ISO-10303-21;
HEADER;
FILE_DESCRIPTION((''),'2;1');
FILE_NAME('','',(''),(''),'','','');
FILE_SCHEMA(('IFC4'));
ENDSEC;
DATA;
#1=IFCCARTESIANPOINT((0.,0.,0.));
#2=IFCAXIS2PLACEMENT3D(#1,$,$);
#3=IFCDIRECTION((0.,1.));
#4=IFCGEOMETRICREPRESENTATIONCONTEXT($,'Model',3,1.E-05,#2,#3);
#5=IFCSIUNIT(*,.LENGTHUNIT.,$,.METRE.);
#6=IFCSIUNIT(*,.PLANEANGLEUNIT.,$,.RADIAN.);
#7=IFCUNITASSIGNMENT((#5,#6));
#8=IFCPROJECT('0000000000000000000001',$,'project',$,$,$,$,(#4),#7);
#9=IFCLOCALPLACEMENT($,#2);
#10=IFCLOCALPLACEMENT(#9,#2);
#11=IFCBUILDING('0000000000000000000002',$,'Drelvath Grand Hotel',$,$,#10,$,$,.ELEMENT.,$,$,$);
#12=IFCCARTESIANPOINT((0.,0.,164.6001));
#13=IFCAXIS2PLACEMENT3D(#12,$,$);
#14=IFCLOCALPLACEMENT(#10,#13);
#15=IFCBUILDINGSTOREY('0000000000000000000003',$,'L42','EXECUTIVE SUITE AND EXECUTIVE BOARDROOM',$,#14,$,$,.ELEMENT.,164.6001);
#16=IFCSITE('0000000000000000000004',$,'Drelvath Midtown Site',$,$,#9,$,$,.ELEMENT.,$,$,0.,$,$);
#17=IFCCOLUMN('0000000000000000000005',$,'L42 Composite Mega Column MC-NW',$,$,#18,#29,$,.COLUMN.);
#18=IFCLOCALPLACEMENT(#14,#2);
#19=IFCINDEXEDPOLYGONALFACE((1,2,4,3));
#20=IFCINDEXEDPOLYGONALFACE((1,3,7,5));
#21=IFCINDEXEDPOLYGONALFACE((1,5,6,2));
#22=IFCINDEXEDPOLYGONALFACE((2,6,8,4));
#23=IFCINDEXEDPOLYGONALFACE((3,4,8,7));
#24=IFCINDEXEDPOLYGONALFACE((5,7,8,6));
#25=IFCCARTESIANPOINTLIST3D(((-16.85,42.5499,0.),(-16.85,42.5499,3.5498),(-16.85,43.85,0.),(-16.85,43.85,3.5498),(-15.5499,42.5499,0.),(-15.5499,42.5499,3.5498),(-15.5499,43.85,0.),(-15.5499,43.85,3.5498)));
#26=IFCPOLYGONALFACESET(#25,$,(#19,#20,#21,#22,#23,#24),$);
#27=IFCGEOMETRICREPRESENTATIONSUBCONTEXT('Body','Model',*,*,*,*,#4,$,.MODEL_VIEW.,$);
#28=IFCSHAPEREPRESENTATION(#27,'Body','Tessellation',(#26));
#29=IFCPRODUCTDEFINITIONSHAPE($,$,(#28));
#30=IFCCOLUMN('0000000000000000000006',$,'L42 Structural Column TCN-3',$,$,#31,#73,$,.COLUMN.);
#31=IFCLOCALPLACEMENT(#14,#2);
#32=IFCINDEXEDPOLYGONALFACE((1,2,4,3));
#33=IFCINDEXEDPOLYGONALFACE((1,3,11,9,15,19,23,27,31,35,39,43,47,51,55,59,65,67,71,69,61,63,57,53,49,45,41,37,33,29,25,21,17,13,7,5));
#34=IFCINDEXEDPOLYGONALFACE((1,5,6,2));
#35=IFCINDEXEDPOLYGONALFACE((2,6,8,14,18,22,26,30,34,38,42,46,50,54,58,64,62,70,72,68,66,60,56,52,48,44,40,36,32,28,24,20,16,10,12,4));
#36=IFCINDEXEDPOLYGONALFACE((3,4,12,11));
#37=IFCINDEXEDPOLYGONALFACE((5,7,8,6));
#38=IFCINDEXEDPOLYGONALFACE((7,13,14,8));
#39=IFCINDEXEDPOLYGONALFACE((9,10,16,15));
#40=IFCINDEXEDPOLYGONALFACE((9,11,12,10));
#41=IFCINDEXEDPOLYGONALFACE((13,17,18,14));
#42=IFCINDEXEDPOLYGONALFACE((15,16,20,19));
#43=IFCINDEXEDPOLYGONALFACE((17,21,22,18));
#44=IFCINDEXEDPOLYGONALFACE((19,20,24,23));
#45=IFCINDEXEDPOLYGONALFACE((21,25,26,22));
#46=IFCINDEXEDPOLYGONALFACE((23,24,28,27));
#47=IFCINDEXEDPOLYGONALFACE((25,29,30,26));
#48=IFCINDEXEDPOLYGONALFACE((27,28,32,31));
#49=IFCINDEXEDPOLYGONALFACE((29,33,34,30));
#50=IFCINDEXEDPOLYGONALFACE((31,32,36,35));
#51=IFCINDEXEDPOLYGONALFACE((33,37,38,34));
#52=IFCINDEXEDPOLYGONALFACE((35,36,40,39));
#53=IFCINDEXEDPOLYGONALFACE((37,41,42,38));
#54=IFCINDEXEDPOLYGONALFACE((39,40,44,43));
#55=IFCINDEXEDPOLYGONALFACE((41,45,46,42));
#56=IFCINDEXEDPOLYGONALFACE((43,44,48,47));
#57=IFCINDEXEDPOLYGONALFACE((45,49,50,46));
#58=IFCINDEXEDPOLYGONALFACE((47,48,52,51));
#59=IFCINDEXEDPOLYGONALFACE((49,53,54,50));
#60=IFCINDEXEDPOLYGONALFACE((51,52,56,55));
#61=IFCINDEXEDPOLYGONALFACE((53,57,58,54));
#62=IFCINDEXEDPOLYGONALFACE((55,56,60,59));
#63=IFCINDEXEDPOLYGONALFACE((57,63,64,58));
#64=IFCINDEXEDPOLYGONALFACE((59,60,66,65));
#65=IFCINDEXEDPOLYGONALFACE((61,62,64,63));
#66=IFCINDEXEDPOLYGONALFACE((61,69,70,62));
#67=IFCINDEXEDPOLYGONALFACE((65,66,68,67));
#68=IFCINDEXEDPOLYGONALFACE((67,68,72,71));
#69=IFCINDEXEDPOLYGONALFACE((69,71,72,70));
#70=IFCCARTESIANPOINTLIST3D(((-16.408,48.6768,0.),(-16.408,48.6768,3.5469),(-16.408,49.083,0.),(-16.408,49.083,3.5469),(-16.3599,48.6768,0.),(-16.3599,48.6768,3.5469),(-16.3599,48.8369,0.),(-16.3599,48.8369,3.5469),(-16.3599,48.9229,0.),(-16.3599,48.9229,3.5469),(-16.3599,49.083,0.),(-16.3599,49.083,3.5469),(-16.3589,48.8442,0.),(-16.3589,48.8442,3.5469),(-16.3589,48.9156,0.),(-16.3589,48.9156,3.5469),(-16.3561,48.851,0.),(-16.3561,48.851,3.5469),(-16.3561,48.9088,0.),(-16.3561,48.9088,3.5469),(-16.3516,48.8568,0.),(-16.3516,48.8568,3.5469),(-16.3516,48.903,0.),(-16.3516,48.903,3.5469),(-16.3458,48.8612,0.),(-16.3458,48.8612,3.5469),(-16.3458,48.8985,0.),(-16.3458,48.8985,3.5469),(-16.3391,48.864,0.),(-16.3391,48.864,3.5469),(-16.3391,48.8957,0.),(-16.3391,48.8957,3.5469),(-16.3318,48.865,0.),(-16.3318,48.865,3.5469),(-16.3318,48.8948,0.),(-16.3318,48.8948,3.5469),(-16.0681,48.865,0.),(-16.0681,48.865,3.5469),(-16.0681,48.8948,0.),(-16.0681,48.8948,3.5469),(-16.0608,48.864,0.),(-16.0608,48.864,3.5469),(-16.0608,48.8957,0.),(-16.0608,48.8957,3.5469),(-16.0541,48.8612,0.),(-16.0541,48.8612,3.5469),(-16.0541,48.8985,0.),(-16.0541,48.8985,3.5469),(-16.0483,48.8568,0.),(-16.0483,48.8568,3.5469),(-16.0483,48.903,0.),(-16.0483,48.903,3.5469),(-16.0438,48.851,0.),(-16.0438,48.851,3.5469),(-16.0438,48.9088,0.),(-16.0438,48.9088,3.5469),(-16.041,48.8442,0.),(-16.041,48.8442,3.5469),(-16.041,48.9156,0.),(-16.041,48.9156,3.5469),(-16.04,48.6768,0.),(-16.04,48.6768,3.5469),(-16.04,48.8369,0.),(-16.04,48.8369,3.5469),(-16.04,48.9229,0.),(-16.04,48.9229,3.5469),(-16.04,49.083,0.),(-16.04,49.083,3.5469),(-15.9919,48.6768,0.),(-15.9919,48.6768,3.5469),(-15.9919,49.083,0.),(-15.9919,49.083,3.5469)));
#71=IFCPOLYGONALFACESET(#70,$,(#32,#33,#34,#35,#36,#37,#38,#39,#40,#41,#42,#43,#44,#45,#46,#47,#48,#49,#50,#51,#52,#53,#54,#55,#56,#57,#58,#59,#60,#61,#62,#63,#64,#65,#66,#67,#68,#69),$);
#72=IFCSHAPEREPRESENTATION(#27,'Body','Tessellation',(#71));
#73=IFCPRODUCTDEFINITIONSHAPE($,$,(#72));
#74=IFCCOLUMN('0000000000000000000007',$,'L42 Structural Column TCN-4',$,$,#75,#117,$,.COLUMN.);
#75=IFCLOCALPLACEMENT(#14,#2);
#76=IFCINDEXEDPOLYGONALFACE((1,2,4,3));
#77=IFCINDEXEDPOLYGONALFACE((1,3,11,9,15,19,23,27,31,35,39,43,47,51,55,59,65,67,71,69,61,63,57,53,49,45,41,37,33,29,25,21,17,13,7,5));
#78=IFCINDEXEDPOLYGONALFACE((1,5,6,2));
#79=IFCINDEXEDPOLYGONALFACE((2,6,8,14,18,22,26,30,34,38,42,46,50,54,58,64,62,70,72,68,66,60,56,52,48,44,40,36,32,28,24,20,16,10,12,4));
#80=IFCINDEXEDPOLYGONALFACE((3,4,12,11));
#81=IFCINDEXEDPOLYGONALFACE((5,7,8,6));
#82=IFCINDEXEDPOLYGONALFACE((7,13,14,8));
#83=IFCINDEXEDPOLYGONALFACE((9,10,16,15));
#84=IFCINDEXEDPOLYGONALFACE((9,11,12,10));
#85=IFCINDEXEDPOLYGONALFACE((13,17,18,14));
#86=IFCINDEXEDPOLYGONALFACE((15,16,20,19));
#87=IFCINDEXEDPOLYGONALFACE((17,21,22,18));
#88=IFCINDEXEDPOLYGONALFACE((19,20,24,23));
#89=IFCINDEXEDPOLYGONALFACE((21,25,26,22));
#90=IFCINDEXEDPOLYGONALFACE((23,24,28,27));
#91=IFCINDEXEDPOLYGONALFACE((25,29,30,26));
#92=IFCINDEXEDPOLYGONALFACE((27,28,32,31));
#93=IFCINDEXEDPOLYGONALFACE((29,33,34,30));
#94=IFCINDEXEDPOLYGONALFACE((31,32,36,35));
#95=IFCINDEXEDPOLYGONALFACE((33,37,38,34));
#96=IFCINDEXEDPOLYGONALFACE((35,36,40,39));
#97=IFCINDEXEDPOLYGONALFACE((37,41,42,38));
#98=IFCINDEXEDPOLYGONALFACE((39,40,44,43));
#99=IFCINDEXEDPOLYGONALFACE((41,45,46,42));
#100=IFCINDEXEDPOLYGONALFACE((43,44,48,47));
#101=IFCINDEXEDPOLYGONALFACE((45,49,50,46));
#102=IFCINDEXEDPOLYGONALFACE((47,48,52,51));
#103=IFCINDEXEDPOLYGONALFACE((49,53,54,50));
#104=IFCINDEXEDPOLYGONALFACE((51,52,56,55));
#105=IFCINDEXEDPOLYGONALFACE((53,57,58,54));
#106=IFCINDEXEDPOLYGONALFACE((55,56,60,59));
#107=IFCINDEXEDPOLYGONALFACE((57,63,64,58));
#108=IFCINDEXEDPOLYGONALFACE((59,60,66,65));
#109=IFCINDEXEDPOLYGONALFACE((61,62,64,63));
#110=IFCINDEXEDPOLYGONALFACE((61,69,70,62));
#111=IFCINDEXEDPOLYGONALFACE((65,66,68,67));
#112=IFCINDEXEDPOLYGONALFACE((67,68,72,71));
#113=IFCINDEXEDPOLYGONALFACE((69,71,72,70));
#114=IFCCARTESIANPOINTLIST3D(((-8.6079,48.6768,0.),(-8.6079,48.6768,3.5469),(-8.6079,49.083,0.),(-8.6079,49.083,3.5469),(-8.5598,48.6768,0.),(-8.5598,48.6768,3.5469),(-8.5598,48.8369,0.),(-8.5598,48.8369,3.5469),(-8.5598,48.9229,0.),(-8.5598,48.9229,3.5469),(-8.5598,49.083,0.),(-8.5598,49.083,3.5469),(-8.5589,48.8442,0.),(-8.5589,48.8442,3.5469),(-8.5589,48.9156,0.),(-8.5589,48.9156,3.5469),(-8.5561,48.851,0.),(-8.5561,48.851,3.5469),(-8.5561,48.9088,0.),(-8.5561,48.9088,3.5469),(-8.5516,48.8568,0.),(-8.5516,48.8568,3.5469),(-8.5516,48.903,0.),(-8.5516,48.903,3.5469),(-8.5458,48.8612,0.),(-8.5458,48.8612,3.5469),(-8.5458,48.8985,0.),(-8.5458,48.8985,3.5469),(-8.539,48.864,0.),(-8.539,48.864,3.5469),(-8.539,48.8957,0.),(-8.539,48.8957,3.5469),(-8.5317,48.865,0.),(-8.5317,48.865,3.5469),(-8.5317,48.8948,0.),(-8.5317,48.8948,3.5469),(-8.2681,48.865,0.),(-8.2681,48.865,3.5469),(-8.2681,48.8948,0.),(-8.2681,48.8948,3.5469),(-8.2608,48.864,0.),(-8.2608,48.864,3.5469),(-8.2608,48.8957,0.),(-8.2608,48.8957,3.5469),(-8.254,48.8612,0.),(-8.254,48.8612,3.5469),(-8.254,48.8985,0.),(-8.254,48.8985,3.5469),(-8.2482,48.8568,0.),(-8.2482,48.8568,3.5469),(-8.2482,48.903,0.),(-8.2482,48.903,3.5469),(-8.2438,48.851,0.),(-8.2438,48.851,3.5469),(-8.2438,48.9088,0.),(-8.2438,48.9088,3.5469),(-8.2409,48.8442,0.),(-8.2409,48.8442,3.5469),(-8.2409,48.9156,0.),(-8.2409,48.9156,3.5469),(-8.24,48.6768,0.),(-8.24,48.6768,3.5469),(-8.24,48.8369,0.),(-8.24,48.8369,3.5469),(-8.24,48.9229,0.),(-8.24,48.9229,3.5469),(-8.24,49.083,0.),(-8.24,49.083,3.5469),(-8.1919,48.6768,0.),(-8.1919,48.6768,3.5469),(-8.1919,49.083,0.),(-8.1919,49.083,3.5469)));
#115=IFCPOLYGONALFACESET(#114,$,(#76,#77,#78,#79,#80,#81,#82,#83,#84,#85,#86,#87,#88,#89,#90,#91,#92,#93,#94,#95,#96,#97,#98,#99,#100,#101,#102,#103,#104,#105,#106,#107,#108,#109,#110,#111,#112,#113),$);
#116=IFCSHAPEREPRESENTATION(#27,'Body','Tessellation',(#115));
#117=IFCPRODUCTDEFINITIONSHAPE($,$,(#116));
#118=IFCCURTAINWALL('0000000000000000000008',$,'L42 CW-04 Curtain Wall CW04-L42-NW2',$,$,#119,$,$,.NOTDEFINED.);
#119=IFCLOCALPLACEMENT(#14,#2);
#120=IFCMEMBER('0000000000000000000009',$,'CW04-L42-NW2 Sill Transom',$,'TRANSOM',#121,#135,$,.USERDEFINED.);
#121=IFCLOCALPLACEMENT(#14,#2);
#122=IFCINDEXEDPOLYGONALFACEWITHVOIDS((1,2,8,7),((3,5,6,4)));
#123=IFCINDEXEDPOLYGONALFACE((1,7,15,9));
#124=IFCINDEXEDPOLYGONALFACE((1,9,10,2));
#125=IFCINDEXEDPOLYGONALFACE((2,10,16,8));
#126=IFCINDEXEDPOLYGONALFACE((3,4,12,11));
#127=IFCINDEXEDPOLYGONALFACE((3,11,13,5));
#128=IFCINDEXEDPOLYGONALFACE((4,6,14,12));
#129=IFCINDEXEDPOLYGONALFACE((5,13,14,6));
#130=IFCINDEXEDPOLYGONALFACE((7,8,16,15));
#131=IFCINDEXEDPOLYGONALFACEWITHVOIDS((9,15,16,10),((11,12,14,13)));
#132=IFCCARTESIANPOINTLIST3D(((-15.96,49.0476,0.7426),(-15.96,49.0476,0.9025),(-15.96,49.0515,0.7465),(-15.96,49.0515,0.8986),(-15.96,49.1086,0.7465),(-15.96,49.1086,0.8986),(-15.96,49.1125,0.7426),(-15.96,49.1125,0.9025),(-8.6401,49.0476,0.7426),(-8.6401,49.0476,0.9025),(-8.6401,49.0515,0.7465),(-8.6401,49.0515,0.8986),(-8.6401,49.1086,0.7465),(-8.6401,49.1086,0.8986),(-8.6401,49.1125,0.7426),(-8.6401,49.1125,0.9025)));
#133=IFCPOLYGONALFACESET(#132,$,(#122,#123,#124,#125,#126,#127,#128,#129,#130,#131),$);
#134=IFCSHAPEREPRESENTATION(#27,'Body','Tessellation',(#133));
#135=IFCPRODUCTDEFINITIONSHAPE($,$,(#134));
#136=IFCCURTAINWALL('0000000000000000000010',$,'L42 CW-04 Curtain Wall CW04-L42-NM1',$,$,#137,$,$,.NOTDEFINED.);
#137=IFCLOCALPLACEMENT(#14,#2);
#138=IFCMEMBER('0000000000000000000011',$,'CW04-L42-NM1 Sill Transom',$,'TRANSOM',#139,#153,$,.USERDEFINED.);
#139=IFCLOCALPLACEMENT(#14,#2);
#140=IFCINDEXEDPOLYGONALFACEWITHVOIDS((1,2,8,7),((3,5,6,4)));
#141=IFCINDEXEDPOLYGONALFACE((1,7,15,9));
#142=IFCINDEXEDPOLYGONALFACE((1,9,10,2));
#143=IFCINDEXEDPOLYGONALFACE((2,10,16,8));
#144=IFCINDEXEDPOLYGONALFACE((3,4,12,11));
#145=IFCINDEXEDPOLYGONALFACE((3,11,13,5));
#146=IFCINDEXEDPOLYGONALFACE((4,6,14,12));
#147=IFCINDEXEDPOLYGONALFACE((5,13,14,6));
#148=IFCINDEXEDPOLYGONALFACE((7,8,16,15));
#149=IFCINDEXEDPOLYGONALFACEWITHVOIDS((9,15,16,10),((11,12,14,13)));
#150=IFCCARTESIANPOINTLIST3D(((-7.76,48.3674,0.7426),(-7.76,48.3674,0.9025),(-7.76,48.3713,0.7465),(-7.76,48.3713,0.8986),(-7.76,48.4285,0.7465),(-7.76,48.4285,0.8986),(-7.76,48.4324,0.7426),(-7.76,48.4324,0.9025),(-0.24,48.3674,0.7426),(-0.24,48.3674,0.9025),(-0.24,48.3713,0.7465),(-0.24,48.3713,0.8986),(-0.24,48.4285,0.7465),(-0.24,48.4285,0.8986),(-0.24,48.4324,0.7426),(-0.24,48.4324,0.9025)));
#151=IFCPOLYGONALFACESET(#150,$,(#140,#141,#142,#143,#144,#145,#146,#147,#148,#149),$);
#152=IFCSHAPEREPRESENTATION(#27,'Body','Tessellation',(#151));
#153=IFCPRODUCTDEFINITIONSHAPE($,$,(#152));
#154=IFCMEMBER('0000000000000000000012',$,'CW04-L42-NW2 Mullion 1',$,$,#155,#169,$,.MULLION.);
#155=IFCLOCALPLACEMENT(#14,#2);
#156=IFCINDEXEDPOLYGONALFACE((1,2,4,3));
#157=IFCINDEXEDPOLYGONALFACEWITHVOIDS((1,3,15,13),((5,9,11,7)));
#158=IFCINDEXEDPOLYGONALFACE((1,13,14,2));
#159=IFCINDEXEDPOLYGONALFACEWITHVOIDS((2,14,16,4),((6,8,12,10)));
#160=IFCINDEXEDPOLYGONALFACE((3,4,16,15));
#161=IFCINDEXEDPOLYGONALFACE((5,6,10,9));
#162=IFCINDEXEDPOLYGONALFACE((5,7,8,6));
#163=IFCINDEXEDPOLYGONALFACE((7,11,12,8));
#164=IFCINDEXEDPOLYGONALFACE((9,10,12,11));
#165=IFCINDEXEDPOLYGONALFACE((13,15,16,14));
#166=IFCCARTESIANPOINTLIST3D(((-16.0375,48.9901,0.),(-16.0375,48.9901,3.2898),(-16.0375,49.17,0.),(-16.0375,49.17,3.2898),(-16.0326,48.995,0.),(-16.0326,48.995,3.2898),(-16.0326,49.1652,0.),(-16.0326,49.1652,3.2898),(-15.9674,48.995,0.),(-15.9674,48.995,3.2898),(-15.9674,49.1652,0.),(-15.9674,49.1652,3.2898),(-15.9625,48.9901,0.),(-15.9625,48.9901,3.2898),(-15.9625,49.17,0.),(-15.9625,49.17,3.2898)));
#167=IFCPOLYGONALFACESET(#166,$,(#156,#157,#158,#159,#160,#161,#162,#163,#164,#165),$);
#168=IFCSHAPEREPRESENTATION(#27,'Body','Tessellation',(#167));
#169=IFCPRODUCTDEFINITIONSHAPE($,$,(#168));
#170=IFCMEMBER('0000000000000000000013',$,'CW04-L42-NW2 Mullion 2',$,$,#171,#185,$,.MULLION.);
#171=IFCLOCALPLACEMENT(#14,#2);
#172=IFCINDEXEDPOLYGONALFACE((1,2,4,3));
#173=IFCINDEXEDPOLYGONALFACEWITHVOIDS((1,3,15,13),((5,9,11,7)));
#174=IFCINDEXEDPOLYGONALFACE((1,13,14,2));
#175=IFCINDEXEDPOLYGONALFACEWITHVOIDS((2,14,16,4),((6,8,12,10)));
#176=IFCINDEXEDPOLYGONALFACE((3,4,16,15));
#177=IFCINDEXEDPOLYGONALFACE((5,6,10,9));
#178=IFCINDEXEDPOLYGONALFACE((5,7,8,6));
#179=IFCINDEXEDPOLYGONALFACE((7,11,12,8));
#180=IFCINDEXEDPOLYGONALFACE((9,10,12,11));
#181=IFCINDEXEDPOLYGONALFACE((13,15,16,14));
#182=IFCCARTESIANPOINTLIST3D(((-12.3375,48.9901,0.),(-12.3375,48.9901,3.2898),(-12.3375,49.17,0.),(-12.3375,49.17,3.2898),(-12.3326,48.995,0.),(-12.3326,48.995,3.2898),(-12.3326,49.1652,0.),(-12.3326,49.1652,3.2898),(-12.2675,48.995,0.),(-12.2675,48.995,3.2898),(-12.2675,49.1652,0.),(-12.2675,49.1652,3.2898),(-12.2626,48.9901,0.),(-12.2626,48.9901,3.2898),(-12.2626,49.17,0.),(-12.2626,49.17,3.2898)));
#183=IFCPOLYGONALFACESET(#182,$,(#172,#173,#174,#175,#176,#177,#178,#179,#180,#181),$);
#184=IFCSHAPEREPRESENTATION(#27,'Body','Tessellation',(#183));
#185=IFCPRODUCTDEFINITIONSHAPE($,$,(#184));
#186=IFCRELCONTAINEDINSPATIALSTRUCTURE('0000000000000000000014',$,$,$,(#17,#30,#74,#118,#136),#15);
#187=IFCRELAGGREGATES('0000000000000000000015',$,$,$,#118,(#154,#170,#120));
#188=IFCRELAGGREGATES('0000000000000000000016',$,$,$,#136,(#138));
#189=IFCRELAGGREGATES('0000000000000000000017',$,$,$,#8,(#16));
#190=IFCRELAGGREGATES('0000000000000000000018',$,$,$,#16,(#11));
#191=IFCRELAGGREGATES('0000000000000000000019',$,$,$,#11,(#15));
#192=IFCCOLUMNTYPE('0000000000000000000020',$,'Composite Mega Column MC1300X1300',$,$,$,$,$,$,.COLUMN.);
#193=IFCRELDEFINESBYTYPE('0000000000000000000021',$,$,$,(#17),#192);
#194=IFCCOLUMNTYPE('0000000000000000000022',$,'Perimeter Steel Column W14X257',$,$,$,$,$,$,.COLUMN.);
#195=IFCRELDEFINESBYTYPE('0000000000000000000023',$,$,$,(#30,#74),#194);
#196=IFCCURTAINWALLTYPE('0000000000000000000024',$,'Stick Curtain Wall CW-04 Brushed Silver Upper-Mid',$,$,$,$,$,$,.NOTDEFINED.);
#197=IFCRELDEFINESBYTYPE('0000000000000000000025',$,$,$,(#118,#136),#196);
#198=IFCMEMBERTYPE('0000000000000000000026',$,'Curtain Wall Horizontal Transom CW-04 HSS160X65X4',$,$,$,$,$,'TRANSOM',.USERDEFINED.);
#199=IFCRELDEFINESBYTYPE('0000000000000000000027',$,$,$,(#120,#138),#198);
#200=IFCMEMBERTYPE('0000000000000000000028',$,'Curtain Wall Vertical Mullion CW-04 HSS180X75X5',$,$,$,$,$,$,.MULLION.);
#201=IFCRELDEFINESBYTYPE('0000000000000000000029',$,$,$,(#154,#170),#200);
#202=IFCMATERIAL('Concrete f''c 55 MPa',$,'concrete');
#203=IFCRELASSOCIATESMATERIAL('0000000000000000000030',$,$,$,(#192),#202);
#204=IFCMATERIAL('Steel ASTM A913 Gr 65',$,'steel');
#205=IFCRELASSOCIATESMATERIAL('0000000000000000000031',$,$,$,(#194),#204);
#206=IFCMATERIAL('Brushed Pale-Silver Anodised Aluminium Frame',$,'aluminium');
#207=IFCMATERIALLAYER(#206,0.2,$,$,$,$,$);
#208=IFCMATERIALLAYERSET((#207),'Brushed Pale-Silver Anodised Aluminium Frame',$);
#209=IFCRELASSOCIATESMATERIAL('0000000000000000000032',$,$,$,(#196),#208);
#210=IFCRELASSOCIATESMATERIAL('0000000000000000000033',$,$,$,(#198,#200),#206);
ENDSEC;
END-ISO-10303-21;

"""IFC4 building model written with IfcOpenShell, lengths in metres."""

from ifc_helpers import new_model, si_unit, direction, frame, origin, origin_2d, place, context, subcontext, project, spatial, rectangle, hollow_rectangle, i_section, extrude, material, layer, layer_set, material_profile, profile_set, type_object, element, aggregate, save


model = new_model("IFC4")

# Units and contexts
model_context = context("Model", 3, precision=1e-05, world=origin(), true_north=direction((0.0, 1.0)))
body_context = subcontext(model_context, "Body", "Model", "MODEL_VIEW")
ifc_project = project(units=[si_unit("LENGTHUNIT", "METRE"), si_unit("PLANEANGLEUNIT", "RADIAN")], contexts=[model_context])

# Site, building, storey
site_placement = place(None, origin())
site = spatial("IfcSite", under=ifc_project, at=site_placement, Name="Drelvath Midtown Site", CompositionType="ELEMENT", RefElevation=0.0)
building_placement = place(site_placement, origin())
building = spatial("IfcBuilding", under=site, at=building_placement, Name="Drelvath Grand Hotel", CompositionType="ELEMENT")
storey_placement = place(building_placement, frame((0.0, 0.0, 164.6001)))
storey = spatial("IfcBuildingStorey", under=building, at=storey_placement, Name="L42", Description="EXECUTIVE SUITE AND EXECUTIVE BOARDROOM", CompositionType="ELEMENT", Elevation=164.6001)

# Columns
ifc_material_1 = material(Name="Concrete f'c 55 MPa", Category="concrete")
ifc_material_profile_1 = material_profile(ifc_material_1, rectangle(XDim=1.3, YDim=1.3, at=origin_2d()), Name="MC1300X1300")
ifc_profile_set_1 = profile_set([ifc_material_profile_1], Name="Concrete f'c 55 MPa")
column_type_1 = type_object("IfcColumnType", Name="Composite Mega Column MC1300X1300", PredefinedType="COLUMN", material=ifc_profile_set_1)
column_placement = place(storey_placement, frame((-16.2, 43.2, 0.0), z_axis=(0.0, 0.0, 1.0), x_axis=(1.0, 0.0, 0.0)))
element("IfcColumn", 1, at=column_placement, inside=storey, type_object=column_type_1, Name="L42 Composite Mega Column MC-NW", PredefinedType="COLUMN", context=body_context, shape_type="SweptSolid", body=[
    extrude(rectangle(XDim=1.3, YDim=1.3, at=origin_2d()), origin(), (0.0, 0.0, 1.0), 3.5498),
])
ifc_material_2 = material(Name="Steel ASTM A913 Gr 65", Category="steel")
ifc_material_profile_2 = material_profile(ifc_material_2, i_section(OverallWidth=0.4062, OverallDepth=0.416, WebThickness=0.0298, FlangeThickness=0.0481, FilletRadius=0.0281, at=origin_2d()), Name="W14X257")
ifc_profile_set_2 = profile_set([ifc_material_profile_2], Name="Steel ASTM A913 Gr 65")
column_type_2 = type_object("IfcColumnType", Name="Perimeter Steel Column W14X257", PredefinedType="COLUMN", material=ifc_profile_set_2)
for number, where, z_axis, x_axis, name in (
    (2, (-16.2, 48.8799, 0.0), (0.0, 0.0, 1.0), (0.0, 1.0, 0.0), "L42 Structural Column TCN-3"),
    (3, (-8.3999, 48.8799, 0.0), (0.0, 0.0, 1.0), (0.0, 1.0, 0.0), "L42 Structural Column TCN-4"),
):
    element("IfcColumn", number, at=place(storey_placement, frame(where, z_axis=z_axis, x_axis=x_axis)), inside=storey, type_object=column_type_2, Name=name, PredefinedType="COLUMN", context=body_context, shape_type="SweptSolid", body=[
        extrude(i_section(OverallWidth=0.4062, OverallDepth=0.416, WebThickness=0.0298, FlangeThickness=0.0481, FilletRadius=0.0281, at=origin_2d()), origin(), (0.0, 0.0, 1.0), 3.5469),
    ])

# Curtain walls, members
ifc_material_3 = material(Name="Brushed Pale-Silver Anodised Aluminium Frame", Category="aluminium")
ifc_layer_1 = layer(ifc_material_3, 0.2)
ifc_layer_set_1 = layer_set([ifc_layer_1], Name="Brushed Pale-Silver Anodised Aluminium Frame")
curtain_wall_type = type_object("IfcCurtainWallType", Name="Stick Curtain Wall CW-04 Brushed Silver Upper-Mid", PredefinedType="NOTDEFINED", material=ifc_layer_set_1)
curtain_wall_1_placement = place(storey_placement, origin())
curtain_wall_1 = element("IfcCurtainWall", 4, at=curtain_wall_1_placement, inside=storey, type_object=curtain_wall_type, Name="L42 CW-04 Curtain Wall CW04-L42-NW2", PredefinedType="NOTDEFINED")
ifc_material_profile_3 = material_profile(ifc_material_3, hollow_rectangle(XDim=0.0649, YDim=0.1599, WallThickness=0.0039, at=origin_2d()), Name="HSS160X65X4")
ifc_profile_set_3 = profile_set([ifc_material_profile_3], Name="Brushed Pale-Silver Anodised Aluminium Frame")
member_type_1 = type_object("IfcMemberType", Name="Curtain Wall Horizontal Transom CW-04 HSS160X65X4", ElementType="TRANSOM", PredefinedType="USERDEFINED", material=ifc_profile_set_3)
member_1_placement = place(storey_placement, frame((-15.96, 49.0801, 0.8225), z_axis=(1.0, 0.0, 0.0), x_axis=(0.0, 1.0, 0.0)))
member_1 = element("IfcMember", 5, at=member_1_placement, type_object=member_type_1, Name="CW04-L42-NW2 Sill Transom", ObjectType="TRANSOM", PredefinedType="USERDEFINED", context=body_context, shape_type="SweptSolid", body=[
    extrude(hollow_rectangle(XDim=0.0649, YDim=0.1599, WallThickness=0.0039, at=origin_2d()), origin(), (0.0, 0.0, 1.0), 7.3198),
])
curtain_wall_2_placement = place(storey_placement, origin())
curtain_wall_2 = element("IfcCurtainWall", 6, at=curtain_wall_2_placement, inside=storey, type_object=curtain_wall_type, Name="L42 CW-04 Curtain Wall CW04-L42-NM1", PredefinedType="NOTDEFINED")
member_2_placement = place(storey_placement, frame((-7.76, 48.3999, 0.8225), z_axis=(1.0, 0.0, 0.0), x_axis=(0.0, 1.0, 0.0)))
member_2 = element("IfcMember", 7, at=member_2_placement, type_object=member_type_1, Name="CW04-L42-NM1 Sill Transom", ObjectType="TRANSOM", PredefinedType="USERDEFINED", context=body_context, shape_type="SweptSolid", body=[
    extrude(hollow_rectangle(XDim=0.0649, YDim=0.1599, WallThickness=0.0039, at=origin_2d()), origin(), (0.0, 0.0, 1.0), 7.52),
])

# Members
ifc_material_profile_4 = material_profile(ifc_material_3, hollow_rectangle(XDim=0.075, YDim=0.1799, WallThickness=0.0049, at=origin_2d()), Name="HSS180X75X5")
ifc_profile_set_4 = profile_set([ifc_material_profile_4], Name="Brushed Pale-Silver Anodised Aluminium Frame")
member_type_2 = type_object("IfcMemberType", Name="Curtain Wall Vertical Mullion CW-04 HSS180X75X5", PredefinedType="MULLION", material=ifc_profile_set_4)
member_3_placement = place(storey_placement, frame((-16.0, 49.0801, 0.0), z_axis=(0.0, 0.0, 1.0), x_axis=(1.0, 0.0, 0.0)))
member_3 = element("IfcMember", 8, at=member_3_placement, type_object=member_type_2, Name="CW04-L42-NW2 Mullion 1", PredefinedType="MULLION", context=body_context, shape_type="SweptSolid", body=[
    extrude(hollow_rectangle(XDim=0.075, YDim=0.1799, WallThickness=0.0049, at=origin_2d()), origin(), (0.0, 0.0, 1.0), 3.2898),
])
member_4_placement = place(storey_placement, frame((-12.3, 49.0801, 0.0), z_axis=(0.0, 0.0, 1.0), x_axis=(1.0, 0.0, 0.0)))
member_4 = element("IfcMember", 9, at=member_4_placement, type_object=member_type_2, Name="CW04-L42-NW2 Mullion 2", PredefinedType="MULLION", context=body_context, shape_type="SweptSolid", body=[
    extrude(hollow_rectangle(XDim=0.075, YDim=0.1799, WallThickness=0.0049, at=origin_2d()), origin(), (0.0, 0.0, 1.0), 3.2898),
])

aggregate(curtain_wall_1, [member_3, member_4, member_1])
aggregate(curtain_wall_2, [member_2])

save(model, "model.ifc")
